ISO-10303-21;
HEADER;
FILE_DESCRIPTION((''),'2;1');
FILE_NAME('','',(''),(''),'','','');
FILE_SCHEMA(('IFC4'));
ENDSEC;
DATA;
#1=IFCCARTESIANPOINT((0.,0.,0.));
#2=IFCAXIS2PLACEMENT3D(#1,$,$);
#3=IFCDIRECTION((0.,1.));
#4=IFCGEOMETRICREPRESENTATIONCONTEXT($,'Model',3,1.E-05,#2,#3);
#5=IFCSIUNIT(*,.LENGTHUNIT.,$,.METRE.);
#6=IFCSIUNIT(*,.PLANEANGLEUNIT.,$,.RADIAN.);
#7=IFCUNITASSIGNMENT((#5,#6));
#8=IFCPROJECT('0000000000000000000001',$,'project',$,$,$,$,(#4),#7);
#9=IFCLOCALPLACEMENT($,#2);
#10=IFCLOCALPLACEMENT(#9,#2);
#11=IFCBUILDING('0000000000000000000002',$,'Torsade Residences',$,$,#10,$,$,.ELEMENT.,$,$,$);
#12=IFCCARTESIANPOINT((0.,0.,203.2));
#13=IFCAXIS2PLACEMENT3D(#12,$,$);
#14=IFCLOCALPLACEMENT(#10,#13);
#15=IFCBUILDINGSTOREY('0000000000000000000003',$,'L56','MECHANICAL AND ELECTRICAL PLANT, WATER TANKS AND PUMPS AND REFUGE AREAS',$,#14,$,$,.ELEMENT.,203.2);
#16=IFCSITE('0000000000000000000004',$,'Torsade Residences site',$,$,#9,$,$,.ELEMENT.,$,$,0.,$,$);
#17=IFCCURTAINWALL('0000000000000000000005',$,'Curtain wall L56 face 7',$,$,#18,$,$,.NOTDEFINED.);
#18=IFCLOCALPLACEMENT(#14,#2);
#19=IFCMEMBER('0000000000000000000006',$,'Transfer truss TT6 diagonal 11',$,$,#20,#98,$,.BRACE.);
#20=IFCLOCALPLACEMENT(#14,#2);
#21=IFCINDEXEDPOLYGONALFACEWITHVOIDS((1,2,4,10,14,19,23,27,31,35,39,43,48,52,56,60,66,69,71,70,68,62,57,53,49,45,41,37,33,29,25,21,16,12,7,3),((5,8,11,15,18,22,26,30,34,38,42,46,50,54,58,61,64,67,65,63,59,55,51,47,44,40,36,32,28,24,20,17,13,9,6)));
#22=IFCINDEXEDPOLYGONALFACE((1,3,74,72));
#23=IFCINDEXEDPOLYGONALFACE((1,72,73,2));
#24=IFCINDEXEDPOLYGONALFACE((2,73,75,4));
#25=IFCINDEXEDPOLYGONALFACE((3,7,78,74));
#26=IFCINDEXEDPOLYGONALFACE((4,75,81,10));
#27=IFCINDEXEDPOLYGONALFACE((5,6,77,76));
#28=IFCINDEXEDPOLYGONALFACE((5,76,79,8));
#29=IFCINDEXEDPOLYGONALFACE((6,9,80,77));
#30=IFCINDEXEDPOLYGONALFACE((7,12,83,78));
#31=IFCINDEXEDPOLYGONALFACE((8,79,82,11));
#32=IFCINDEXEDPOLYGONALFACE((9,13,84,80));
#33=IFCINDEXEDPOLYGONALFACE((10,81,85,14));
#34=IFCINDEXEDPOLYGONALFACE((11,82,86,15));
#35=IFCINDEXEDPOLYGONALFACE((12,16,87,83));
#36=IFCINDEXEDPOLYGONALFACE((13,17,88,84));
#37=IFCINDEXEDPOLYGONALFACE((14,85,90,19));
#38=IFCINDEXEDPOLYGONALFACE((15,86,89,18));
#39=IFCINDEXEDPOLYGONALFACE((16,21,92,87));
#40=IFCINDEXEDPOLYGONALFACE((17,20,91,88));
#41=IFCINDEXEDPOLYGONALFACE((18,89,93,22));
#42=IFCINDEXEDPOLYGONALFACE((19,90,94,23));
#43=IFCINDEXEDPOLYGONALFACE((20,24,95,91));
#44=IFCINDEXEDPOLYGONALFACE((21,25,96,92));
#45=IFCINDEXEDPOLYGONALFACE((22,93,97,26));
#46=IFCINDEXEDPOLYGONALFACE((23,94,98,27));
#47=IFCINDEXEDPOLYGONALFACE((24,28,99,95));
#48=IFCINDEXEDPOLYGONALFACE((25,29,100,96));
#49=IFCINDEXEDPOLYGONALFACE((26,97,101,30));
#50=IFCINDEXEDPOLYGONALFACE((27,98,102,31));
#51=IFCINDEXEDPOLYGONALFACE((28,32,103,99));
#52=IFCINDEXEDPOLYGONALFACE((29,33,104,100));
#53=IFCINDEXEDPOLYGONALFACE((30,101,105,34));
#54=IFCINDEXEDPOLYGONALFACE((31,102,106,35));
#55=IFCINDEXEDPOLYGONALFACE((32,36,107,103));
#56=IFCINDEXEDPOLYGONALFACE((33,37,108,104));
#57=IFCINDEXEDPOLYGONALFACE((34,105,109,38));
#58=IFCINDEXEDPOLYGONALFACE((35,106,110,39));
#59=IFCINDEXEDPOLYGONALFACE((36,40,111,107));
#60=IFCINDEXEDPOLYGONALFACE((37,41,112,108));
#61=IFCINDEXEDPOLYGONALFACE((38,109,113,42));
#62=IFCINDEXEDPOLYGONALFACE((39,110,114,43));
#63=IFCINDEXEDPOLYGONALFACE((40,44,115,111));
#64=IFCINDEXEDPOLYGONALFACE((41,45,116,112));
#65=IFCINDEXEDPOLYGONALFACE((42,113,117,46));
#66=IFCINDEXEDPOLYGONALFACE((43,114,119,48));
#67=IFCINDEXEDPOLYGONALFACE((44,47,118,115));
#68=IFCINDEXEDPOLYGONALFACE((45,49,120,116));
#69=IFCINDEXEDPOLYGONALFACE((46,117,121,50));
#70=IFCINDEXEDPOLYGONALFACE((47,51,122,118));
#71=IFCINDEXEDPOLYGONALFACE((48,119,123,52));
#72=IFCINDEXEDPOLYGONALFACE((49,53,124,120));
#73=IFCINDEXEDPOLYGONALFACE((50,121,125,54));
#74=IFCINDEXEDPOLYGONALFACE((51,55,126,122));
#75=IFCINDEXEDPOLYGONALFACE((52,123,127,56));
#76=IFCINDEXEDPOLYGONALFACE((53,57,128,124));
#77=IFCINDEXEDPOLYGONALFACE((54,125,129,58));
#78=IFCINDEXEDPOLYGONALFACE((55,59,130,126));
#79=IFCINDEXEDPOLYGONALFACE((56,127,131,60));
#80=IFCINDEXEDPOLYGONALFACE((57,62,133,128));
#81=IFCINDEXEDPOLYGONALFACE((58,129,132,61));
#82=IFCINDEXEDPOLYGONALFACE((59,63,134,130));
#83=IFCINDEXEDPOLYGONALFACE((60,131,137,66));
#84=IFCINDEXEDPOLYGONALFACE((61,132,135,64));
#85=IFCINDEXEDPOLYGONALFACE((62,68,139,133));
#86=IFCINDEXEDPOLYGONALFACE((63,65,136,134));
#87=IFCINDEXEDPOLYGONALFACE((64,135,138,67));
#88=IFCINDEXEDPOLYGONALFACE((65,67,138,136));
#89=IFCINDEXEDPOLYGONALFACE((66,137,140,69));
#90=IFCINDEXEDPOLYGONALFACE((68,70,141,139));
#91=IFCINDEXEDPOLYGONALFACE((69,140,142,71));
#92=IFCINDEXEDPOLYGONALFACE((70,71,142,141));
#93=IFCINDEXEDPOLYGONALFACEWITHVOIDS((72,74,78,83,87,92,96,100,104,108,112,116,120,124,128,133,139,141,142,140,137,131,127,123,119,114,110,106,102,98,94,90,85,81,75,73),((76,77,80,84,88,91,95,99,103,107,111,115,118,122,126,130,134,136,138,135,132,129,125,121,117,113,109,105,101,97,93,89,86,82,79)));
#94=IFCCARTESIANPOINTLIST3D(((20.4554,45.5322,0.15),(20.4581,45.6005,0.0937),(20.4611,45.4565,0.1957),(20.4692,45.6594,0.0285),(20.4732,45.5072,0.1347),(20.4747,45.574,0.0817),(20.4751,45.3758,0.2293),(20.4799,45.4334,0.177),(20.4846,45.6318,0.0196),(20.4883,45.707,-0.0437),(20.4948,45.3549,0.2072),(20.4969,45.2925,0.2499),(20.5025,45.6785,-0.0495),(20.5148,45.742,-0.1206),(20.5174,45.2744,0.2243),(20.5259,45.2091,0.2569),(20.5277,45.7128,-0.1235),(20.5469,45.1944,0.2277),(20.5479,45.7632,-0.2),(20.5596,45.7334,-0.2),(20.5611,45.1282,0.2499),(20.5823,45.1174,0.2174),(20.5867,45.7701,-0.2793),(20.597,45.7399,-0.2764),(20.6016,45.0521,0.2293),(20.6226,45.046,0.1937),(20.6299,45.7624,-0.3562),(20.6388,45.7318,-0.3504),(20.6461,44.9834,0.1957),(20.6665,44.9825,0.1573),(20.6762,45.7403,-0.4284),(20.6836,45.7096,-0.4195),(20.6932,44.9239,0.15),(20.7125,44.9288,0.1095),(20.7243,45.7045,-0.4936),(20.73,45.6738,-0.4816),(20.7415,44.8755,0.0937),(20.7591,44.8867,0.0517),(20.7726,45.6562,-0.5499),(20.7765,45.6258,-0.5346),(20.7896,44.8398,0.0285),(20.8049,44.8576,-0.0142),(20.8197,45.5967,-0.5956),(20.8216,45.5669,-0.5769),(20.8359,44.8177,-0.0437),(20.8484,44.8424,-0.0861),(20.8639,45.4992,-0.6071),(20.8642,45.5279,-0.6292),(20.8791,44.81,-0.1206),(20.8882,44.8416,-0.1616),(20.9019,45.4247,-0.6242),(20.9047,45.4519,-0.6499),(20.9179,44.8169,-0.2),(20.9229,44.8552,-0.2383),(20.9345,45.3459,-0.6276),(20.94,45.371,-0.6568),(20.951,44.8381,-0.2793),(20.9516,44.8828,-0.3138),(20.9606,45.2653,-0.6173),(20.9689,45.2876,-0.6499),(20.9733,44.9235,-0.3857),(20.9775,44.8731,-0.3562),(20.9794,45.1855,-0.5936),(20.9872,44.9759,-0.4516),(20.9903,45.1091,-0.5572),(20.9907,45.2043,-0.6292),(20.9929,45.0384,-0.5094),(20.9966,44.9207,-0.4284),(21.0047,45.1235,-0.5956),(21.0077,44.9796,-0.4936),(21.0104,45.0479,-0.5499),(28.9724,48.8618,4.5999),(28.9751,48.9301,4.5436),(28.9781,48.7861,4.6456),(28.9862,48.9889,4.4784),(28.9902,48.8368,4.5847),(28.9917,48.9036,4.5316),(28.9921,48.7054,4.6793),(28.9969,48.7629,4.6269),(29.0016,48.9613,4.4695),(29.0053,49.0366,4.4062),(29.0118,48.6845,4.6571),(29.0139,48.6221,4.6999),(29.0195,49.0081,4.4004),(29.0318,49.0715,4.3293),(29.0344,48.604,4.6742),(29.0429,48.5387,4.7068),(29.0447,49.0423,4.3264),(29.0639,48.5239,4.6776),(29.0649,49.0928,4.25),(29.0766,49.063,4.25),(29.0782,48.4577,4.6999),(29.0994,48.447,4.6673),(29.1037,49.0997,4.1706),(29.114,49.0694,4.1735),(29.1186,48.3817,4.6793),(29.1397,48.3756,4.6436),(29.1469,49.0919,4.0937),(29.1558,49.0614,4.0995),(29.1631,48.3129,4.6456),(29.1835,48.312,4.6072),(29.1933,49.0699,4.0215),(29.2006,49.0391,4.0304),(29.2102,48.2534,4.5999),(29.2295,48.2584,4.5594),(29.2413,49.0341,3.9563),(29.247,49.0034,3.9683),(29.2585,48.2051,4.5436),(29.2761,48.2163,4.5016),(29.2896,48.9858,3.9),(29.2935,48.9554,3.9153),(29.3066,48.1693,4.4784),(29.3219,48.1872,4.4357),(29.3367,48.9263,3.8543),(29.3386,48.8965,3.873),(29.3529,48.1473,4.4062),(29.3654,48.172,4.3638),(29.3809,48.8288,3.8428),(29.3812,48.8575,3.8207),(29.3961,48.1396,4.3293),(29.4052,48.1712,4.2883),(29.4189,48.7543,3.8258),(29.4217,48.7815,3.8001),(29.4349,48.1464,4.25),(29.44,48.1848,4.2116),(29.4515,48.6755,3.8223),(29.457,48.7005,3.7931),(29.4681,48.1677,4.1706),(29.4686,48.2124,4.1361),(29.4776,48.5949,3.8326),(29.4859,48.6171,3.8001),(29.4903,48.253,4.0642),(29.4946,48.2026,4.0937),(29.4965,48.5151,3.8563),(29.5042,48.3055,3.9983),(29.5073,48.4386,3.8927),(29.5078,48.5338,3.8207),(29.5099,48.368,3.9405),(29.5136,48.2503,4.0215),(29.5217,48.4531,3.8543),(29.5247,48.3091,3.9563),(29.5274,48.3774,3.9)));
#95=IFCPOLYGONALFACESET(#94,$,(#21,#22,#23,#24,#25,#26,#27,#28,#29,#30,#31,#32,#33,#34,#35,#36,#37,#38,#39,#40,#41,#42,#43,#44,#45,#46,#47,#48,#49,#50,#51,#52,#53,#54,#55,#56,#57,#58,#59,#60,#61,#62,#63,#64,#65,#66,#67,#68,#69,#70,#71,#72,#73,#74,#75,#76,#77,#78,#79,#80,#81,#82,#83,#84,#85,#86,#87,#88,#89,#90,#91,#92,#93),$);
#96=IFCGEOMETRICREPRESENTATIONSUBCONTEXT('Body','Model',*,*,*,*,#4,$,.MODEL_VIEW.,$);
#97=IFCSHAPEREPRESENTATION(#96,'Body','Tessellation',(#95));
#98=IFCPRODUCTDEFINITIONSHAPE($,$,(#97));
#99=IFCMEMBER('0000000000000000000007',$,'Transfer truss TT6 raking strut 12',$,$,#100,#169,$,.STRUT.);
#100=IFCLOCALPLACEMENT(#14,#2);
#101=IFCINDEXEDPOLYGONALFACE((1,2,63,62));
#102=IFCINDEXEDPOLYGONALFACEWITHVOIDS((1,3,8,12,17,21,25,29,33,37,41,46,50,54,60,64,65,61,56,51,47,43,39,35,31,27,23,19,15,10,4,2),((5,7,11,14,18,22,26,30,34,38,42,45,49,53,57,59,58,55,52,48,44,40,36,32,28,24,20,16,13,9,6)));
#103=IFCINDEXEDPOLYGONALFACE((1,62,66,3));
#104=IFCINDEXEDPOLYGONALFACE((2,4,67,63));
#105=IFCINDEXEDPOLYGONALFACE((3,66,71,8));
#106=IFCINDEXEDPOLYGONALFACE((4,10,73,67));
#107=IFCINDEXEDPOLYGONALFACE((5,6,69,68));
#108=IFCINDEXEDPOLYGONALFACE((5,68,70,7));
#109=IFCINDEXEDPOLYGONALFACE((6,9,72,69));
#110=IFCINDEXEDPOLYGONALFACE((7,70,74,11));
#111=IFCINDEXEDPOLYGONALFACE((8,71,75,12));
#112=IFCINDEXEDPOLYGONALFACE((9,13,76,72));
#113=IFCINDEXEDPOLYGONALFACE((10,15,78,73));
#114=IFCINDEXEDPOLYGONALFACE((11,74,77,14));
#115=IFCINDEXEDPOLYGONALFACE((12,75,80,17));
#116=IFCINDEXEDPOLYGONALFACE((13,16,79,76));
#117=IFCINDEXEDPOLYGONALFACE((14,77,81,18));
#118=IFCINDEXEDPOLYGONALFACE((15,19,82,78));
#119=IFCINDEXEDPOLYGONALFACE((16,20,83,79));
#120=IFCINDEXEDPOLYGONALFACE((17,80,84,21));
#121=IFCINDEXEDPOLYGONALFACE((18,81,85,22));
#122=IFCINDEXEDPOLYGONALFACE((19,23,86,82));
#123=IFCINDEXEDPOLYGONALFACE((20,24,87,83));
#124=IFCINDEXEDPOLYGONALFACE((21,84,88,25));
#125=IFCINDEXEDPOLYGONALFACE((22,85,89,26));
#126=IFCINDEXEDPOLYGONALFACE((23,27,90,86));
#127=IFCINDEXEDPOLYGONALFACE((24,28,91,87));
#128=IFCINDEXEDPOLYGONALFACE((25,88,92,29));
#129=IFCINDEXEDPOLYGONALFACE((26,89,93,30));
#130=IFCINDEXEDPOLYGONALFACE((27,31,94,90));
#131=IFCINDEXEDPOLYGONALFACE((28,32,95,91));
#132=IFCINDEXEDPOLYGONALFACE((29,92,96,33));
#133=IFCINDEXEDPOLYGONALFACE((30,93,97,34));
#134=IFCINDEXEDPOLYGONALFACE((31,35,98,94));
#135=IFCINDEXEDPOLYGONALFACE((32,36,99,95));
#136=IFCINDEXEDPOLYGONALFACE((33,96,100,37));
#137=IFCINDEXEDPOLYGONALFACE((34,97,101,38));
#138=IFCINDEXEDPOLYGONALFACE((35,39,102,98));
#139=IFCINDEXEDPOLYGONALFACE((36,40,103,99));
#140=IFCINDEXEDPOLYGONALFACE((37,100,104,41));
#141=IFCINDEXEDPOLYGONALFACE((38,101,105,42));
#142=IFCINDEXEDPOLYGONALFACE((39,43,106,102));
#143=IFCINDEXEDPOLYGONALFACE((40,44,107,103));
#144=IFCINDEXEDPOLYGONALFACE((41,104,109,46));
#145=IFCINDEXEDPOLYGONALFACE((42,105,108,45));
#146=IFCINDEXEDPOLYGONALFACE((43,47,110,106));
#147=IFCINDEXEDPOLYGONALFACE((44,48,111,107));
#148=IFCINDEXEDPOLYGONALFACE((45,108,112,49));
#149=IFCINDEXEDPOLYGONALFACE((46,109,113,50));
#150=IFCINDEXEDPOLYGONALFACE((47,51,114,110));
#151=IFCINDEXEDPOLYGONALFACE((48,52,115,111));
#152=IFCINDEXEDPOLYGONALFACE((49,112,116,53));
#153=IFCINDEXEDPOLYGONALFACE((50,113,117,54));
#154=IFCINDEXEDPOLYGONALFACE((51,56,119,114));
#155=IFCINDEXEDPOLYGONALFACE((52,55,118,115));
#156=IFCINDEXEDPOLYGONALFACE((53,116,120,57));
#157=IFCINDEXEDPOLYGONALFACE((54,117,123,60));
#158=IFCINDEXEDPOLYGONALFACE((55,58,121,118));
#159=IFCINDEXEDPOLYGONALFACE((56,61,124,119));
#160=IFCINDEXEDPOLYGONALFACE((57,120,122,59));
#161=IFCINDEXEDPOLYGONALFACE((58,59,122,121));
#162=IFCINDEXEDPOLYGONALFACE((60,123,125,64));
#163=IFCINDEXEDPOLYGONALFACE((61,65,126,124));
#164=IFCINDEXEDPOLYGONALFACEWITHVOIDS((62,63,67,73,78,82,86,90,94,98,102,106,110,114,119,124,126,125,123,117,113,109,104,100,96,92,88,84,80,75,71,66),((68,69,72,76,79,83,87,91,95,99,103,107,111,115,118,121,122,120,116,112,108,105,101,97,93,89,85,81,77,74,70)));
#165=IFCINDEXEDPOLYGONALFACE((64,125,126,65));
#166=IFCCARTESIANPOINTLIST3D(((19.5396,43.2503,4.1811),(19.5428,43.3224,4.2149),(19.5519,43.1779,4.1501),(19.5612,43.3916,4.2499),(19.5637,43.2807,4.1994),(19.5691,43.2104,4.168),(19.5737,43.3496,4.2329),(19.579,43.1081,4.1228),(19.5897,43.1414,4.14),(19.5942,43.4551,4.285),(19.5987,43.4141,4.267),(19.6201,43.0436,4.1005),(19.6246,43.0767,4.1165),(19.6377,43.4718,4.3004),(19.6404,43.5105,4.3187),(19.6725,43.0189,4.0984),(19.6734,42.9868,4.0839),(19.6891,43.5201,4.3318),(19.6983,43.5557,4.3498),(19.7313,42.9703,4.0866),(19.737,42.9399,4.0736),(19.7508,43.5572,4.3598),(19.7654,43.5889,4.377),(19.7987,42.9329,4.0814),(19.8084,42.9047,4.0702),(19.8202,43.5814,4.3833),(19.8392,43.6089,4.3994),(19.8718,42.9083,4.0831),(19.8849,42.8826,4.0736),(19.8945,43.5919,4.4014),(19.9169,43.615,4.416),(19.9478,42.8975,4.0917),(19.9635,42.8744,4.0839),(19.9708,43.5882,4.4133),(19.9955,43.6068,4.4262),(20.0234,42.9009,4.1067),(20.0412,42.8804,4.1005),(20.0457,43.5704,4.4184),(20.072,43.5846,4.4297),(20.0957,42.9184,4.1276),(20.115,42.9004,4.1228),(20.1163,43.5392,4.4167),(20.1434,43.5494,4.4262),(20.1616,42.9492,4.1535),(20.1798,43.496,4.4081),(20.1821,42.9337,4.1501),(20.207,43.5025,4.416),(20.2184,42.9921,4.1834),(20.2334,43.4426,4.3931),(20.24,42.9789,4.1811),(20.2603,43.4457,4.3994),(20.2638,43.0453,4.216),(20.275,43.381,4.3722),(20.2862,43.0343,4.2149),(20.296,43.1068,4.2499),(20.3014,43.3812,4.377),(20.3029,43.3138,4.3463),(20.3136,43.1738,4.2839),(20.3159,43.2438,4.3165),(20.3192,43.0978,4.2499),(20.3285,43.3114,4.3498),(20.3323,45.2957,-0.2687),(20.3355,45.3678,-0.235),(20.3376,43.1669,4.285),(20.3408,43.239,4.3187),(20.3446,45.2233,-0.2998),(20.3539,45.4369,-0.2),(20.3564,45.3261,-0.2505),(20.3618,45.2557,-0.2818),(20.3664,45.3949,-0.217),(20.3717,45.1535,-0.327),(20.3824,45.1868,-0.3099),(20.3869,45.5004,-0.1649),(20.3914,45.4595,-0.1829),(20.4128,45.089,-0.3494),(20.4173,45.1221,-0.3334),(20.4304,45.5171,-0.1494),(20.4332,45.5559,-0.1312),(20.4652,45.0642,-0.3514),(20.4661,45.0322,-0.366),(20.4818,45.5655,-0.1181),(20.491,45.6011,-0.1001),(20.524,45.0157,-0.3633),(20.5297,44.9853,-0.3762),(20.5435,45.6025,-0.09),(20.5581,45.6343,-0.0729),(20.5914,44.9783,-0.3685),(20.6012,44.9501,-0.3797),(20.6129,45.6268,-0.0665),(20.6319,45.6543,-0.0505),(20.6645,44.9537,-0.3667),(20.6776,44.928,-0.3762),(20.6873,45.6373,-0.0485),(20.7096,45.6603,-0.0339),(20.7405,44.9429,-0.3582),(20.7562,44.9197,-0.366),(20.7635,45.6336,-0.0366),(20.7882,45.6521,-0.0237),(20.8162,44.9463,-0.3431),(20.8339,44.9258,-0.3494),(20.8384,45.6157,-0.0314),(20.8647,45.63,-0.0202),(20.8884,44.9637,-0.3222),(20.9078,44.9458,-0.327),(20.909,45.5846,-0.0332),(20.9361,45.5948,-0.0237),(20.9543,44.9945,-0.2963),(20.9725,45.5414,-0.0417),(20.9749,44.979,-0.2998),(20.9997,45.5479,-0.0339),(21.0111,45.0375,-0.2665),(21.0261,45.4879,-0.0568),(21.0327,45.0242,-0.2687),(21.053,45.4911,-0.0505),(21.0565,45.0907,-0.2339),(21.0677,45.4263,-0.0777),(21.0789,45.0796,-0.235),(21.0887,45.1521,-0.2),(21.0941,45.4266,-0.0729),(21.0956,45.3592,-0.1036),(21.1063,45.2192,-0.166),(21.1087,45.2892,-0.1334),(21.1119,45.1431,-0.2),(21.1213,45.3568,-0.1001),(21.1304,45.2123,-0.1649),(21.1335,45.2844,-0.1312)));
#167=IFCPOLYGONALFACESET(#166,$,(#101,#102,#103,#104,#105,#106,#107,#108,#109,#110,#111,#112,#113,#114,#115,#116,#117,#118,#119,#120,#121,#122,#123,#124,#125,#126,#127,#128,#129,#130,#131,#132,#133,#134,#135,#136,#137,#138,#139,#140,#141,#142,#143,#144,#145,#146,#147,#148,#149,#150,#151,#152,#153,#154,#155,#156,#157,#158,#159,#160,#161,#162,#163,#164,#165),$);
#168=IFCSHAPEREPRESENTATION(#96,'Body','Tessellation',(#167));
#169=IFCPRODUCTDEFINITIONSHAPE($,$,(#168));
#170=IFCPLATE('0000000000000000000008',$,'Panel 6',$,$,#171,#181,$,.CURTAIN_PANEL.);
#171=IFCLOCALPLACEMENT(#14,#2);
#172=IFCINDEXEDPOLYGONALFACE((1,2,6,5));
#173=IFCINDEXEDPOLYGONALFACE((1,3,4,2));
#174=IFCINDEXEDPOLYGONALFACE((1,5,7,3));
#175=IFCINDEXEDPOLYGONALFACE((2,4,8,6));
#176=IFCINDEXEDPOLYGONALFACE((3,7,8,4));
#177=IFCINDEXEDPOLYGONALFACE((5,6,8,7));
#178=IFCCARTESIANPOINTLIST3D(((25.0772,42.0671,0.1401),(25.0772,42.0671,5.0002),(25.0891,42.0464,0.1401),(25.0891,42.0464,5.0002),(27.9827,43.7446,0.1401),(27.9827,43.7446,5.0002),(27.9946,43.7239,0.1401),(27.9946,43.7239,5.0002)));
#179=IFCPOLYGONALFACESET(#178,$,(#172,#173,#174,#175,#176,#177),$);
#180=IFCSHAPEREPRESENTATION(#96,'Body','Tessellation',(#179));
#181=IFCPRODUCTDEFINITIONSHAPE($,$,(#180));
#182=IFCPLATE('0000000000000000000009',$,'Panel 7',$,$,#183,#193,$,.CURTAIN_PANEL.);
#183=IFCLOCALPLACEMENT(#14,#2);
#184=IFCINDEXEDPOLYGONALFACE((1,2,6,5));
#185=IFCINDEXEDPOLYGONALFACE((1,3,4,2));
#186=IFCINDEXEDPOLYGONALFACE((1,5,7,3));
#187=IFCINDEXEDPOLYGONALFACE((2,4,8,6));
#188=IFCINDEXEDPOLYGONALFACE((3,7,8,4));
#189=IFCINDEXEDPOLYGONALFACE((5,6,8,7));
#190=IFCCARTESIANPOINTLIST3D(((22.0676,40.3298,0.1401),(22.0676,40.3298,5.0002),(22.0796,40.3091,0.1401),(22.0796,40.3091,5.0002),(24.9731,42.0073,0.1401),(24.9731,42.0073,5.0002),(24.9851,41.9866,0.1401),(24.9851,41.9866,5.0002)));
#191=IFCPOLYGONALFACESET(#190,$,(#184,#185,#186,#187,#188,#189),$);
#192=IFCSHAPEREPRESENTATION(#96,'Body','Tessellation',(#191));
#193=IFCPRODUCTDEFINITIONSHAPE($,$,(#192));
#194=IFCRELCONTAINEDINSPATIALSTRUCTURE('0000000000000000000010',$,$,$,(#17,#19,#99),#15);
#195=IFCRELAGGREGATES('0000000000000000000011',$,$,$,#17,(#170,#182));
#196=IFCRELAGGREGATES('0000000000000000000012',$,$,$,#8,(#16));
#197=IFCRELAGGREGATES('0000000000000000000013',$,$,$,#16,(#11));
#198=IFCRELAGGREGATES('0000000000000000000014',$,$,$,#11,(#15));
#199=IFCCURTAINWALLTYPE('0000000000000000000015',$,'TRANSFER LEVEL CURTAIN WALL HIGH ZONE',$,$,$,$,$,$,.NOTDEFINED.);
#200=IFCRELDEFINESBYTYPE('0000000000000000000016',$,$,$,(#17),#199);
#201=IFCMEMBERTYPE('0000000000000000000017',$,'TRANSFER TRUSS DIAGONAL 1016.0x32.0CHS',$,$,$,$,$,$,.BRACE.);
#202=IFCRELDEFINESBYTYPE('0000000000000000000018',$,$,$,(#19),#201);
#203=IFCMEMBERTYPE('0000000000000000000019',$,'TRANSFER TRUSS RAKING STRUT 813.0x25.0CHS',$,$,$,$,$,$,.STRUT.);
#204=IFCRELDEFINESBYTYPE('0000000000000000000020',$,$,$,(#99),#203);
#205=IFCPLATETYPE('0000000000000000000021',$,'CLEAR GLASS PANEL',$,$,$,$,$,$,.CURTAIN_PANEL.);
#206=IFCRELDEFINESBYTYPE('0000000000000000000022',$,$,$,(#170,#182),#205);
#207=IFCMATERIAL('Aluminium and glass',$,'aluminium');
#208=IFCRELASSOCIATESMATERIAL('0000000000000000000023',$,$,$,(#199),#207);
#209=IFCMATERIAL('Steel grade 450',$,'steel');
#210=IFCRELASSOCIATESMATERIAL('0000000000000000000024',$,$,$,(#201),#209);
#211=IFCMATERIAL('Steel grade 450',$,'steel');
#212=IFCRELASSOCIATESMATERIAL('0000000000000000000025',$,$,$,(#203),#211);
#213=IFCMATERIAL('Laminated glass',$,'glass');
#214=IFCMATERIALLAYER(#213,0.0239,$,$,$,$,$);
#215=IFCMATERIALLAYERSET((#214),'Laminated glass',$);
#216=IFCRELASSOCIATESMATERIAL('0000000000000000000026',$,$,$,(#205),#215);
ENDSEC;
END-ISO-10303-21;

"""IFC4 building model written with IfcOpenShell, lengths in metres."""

from ifc_helpers import new_model, si_unit, direction, frame, origin, origin_2d, place, context, subcontext, project, spatial, rectangle, hollow_circle, extrude, material, layer, layer_set, material_profile, profile_set, type_object, element, aggregate, save


model = new_model("IFC4")

# Units and contexts
model_context = context("Model", 3, precision=1e-05, world=origin(), true_north=direction((0.0, 1.0)))
body_context = subcontext(model_context, "Body", "Model", "MODEL_VIEW")
ifc_project = project(units=[si_unit("LENGTHUNIT", "METRE"), si_unit("PLANEANGLEUNIT", "RADIAN")], contexts=[model_context])

# Site, building, storey
site_placement = place(None, origin())
site = spatial("IfcSite", under=ifc_project, at=site_placement, Name="Torsade Residences site", CompositionType="ELEMENT", RefElevation=0.0)
building_placement = place(site_placement, origin())
building = spatial("IfcBuilding", under=site, at=building_placement, Name="Torsade Residences", CompositionType="ELEMENT")
storey_placement = place(building_placement, frame((0.0, 0.0, 203.2)))
storey = spatial("IfcBuildingStorey", under=building, at=storey_placement, Name="L56", Description="MECHANICAL AND ELECTRICAL PLANT, WATER TANKS AND PUMPS AND REFUGE AREAS", CompositionType="ELEMENT", Elevation=203.2)

# Curtain wall
ifc_material_1 = material(Name="Aluminium and glass", Category="aluminium")
curtain_wall_type = type_object("IfcCurtainWallType", Name="TRANSFER LEVEL CURTAIN WALL HIGH ZONE", PredefinedType="NOTDEFINED", material=ifc_material_1)
curtain_wall_1_placement = place(storey_placement, origin())
curtain_wall_1 = element("IfcCurtainWall", 1, at=curtain_wall_1_placement, inside=storey, type_object=curtain_wall_type, Name="Curtain wall L56 face 7", PredefinedType="NOTDEFINED")

# Members
ifc_material_2 = material(Name="Steel grade 450", Category="steel")
ifc_material_profile_1 = material_profile(ifc_material_2, hollow_circle(Radius=0.5081, WallThickness=0.032, at=origin_2d()), Name="1016.0x32.0CHS")
ifc_profile_set_1 = profile_set([ifc_material_profile_1], Name="Steel grade 450")
member_type_1 = type_object("IfcMemberType", Name="TRANSFER TRUSS DIAGONAL 1016.0x32.0CHS", PredefinedType="BRACE", material=ifc_profile_set_1)
member_1_placement = place(storey_placement, frame((20.7329, 45.29, -0.2), z_axis=(0.837471, 0.327393, 0.437556), x_axis=(-0.364097, 0.931361, 0.0)))
element("IfcMember", 2, at=member_1_placement, inside=storey, type_object=member_type_1, Name="Transfer truss TT6 diagonal 11", PredefinedType="BRACE", context=body_context, shape_type="SweptSolid", body=[
    extrude(hollow_circle(Radius=0.5081, WallThickness=0.032, at=origin_2d()), origin(), (0.0, 0.0, 1.0), 10.1699),
])
ifc_material_3 = material(Name="Steel grade 450", Category="steel")
ifc_material_profile_2 = material_profile(ifc_material_3, hollow_circle(Radius=0.4065, WallThickness=0.0249, at=origin_2d()), Name="813.0x25.0CHS")
ifc_profile_set_2 = profile_set([ifc_material_profile_2], Name="Steel grade 450")
member_type_2 = type_object("IfcMemberType", Name="TRANSFER TRUSS RAKING STRUT 813.0x25.0CHS", PredefinedType="STRUT", material=ifc_profile_set_2)
member_2_placement = place(storey_placement, frame((20.7329, 45.29, -0.2), z_axis=(-0.159783, -0.412276, 0.896938), x_axis=(0.932422, -0.361372, 0.0)))
element("IfcMember", 3, at=member_2_placement, inside=storey, type_object=member_type_2, Name="Transfer truss TT6 raking strut 12", PredefinedType="STRUT", context=body_context, shape_type="SweptSolid", body=[
    extrude(hollow_circle(Radius=0.4065, WallThickness=0.0249, at=origin_2d()), origin(), (0.0, 0.0, 1.0), 4.9612),
])

# Plates
ifc_material_4 = material(Name="Laminated glass", Category="glass")
ifc_layer_1 = layer(ifc_material_4, 0.0239)
ifc_layer_set_1 = layer_set([ifc_layer_1], Name="Laminated glass")
plate_type = type_object("IfcPlateType", Name="CLEAR GLASS PANEL", PredefinedType="CURTAIN_PANEL", material=ifc_layer_set_1)
plate_1_placement = place(storey_placement, frame((26.5359, 42.8955, 0.1401), z_axis=(0.0, 0.0, 1.0), x_axis=(-0.866025, -0.5, 0.0)))
plate_1 = element("IfcPlate", 4, at=plate_1_placement, type_object=plate_type, Name="Panel 6", PredefinedType="CURTAIN_PANEL", context=body_context, shape_type="SweptSolid", body=[
    extrude(rectangle(XDim=3.355, YDim=0.0239, at=origin_2d()), origin(), (0.0, 0.0, 1.0), 4.8601),
])
plate_2_placement = place(storey_placement, frame((23.5264, 41.1582, 0.1401), z_axis=(0.0, 0.0, 1.0), x_axis=(-0.866025, -0.5, 0.0)))
plate_2 = element("IfcPlate", 5, at=plate_2_placement, type_object=plate_type, Name="Panel 7", PredefinedType="CURTAIN_PANEL", context=body_context, shape_type="SweptSolid", body=[
    extrude(rectangle(XDim=3.355, YDim=0.0239, at=origin_2d()), origin(), (0.0, 0.0, 1.0), 4.8601),
])
aggregate(curtain_wall_1, [plate_1, plate_2])

save(model, "model.ifc")
